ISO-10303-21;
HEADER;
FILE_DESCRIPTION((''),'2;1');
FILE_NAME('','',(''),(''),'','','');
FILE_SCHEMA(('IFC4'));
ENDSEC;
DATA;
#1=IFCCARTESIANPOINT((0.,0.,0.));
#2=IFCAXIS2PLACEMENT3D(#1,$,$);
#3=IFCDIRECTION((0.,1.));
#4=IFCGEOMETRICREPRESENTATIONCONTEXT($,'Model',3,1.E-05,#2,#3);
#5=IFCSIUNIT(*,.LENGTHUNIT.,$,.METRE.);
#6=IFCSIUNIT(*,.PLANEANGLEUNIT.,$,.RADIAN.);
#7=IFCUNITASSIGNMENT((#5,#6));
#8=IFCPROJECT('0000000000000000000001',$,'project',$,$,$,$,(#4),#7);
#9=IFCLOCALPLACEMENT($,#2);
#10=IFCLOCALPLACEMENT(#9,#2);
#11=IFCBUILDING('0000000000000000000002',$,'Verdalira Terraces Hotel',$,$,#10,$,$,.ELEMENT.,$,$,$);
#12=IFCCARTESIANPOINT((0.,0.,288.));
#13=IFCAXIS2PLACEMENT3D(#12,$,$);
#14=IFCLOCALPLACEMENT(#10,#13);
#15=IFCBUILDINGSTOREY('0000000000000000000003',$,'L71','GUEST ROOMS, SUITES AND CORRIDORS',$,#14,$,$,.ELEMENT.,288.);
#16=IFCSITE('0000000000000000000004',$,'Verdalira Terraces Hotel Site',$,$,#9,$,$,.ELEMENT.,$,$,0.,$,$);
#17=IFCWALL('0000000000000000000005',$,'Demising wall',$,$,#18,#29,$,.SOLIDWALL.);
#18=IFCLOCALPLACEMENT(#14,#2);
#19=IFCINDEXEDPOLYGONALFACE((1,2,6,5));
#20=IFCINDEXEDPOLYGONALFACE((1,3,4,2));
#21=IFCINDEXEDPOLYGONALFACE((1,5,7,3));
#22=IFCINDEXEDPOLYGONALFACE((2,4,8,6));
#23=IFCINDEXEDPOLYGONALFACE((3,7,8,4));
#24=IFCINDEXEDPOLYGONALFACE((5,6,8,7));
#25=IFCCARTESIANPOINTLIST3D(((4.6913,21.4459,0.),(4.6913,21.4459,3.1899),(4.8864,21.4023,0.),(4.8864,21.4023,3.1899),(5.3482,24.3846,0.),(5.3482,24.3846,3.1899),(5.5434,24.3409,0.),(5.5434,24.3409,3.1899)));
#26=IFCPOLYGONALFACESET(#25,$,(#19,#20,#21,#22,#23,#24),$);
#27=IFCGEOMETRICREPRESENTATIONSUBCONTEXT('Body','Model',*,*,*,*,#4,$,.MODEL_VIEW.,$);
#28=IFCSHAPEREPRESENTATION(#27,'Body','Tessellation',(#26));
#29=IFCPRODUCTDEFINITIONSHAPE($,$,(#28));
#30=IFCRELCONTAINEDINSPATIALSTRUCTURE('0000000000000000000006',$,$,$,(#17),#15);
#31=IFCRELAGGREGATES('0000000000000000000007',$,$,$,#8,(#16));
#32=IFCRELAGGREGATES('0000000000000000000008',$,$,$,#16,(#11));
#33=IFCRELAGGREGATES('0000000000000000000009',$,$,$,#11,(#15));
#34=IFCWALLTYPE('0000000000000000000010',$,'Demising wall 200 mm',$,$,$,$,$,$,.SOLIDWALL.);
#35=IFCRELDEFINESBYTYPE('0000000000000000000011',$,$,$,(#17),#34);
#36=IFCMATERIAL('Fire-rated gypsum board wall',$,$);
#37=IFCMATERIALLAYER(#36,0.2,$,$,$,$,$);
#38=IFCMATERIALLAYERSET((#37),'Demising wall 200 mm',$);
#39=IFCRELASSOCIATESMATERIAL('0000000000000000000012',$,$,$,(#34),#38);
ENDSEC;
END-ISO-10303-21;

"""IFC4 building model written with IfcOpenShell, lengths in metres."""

from ifc_helpers import new_model, si_unit, direction, frame, frame_2d, origin, place, context, subcontext, project, spatial, rectangle, extrude, material, layer, layer_set, type_object, element, save


model = new_model("IFC4")

# Units and contexts
model_context = context("Model", 3, precision=1e-05, world=origin(), true_north=direction((0.0, 1.0)))
body_context = subcontext(model_context, "Body", "Model", "MODEL_VIEW")
ifc_project = project(units=[si_unit("LENGTHUNIT", "METRE"), si_unit("PLANEANGLEUNIT", "RADIAN")], contexts=[model_context])

# Site, building, storey
site_placement = place(None, origin())
site = spatial("IfcSite", under=ifc_project, at=site_placement, Name="Verdalira Terraces Hotel Site", CompositionType="ELEMENT", RefElevation=0.0)
building_placement = place(site_placement, origin())
building = spatial("IfcBuilding", under=site, at=building_placement, Name="Verdalira Terraces Hotel", CompositionType="ELEMENT")
storey_placement = place(building_placement, frame((0.0, 0.0, 288.0)))
storey = spatial("IfcBuildingStorey", under=building, at=storey_placement, Name="L71", Description="GUEST ROOMS, SUITES AND CORRIDORS", CompositionType="ELEMENT", Elevation=288.0)

# Wall
ifc_material_1 = material(Name="Fire-rated gypsum board wall")
ifc_layer_1 = layer(ifc_material_1, 0.2)
ifc_layer_set_1 = layer_set([ifc_layer_1], Name="Demising wall 200 mm")
wall_type_1 = type_object("IfcWallType", Name="Demising wall 200 mm", PredefinedType="SOLIDWALL", material=ifc_layer_set_1)
wall_1_placement = place(storey_placement, frame((4.7888, 21.4241, 0.0), z_axis=(0.0, 0.0, 1.0), x_axis=(0.218175, 0.97591, 0.0)))
element("IfcWall", 1, at=wall_1_placement, inside=storey, type_object=wall_type_1, Name="Demising wall", PredefinedType="SOLIDWALL", context=body_context, shape_type="SweptSolid", body=[
    extrude(rectangle(XDim=3.0112, YDim=0.2, at=frame_2d((1.5056, 0.0))), origin(), (0.0, 0.0, 1.0), 3.1899),
])

save(model, "model.ifc")
